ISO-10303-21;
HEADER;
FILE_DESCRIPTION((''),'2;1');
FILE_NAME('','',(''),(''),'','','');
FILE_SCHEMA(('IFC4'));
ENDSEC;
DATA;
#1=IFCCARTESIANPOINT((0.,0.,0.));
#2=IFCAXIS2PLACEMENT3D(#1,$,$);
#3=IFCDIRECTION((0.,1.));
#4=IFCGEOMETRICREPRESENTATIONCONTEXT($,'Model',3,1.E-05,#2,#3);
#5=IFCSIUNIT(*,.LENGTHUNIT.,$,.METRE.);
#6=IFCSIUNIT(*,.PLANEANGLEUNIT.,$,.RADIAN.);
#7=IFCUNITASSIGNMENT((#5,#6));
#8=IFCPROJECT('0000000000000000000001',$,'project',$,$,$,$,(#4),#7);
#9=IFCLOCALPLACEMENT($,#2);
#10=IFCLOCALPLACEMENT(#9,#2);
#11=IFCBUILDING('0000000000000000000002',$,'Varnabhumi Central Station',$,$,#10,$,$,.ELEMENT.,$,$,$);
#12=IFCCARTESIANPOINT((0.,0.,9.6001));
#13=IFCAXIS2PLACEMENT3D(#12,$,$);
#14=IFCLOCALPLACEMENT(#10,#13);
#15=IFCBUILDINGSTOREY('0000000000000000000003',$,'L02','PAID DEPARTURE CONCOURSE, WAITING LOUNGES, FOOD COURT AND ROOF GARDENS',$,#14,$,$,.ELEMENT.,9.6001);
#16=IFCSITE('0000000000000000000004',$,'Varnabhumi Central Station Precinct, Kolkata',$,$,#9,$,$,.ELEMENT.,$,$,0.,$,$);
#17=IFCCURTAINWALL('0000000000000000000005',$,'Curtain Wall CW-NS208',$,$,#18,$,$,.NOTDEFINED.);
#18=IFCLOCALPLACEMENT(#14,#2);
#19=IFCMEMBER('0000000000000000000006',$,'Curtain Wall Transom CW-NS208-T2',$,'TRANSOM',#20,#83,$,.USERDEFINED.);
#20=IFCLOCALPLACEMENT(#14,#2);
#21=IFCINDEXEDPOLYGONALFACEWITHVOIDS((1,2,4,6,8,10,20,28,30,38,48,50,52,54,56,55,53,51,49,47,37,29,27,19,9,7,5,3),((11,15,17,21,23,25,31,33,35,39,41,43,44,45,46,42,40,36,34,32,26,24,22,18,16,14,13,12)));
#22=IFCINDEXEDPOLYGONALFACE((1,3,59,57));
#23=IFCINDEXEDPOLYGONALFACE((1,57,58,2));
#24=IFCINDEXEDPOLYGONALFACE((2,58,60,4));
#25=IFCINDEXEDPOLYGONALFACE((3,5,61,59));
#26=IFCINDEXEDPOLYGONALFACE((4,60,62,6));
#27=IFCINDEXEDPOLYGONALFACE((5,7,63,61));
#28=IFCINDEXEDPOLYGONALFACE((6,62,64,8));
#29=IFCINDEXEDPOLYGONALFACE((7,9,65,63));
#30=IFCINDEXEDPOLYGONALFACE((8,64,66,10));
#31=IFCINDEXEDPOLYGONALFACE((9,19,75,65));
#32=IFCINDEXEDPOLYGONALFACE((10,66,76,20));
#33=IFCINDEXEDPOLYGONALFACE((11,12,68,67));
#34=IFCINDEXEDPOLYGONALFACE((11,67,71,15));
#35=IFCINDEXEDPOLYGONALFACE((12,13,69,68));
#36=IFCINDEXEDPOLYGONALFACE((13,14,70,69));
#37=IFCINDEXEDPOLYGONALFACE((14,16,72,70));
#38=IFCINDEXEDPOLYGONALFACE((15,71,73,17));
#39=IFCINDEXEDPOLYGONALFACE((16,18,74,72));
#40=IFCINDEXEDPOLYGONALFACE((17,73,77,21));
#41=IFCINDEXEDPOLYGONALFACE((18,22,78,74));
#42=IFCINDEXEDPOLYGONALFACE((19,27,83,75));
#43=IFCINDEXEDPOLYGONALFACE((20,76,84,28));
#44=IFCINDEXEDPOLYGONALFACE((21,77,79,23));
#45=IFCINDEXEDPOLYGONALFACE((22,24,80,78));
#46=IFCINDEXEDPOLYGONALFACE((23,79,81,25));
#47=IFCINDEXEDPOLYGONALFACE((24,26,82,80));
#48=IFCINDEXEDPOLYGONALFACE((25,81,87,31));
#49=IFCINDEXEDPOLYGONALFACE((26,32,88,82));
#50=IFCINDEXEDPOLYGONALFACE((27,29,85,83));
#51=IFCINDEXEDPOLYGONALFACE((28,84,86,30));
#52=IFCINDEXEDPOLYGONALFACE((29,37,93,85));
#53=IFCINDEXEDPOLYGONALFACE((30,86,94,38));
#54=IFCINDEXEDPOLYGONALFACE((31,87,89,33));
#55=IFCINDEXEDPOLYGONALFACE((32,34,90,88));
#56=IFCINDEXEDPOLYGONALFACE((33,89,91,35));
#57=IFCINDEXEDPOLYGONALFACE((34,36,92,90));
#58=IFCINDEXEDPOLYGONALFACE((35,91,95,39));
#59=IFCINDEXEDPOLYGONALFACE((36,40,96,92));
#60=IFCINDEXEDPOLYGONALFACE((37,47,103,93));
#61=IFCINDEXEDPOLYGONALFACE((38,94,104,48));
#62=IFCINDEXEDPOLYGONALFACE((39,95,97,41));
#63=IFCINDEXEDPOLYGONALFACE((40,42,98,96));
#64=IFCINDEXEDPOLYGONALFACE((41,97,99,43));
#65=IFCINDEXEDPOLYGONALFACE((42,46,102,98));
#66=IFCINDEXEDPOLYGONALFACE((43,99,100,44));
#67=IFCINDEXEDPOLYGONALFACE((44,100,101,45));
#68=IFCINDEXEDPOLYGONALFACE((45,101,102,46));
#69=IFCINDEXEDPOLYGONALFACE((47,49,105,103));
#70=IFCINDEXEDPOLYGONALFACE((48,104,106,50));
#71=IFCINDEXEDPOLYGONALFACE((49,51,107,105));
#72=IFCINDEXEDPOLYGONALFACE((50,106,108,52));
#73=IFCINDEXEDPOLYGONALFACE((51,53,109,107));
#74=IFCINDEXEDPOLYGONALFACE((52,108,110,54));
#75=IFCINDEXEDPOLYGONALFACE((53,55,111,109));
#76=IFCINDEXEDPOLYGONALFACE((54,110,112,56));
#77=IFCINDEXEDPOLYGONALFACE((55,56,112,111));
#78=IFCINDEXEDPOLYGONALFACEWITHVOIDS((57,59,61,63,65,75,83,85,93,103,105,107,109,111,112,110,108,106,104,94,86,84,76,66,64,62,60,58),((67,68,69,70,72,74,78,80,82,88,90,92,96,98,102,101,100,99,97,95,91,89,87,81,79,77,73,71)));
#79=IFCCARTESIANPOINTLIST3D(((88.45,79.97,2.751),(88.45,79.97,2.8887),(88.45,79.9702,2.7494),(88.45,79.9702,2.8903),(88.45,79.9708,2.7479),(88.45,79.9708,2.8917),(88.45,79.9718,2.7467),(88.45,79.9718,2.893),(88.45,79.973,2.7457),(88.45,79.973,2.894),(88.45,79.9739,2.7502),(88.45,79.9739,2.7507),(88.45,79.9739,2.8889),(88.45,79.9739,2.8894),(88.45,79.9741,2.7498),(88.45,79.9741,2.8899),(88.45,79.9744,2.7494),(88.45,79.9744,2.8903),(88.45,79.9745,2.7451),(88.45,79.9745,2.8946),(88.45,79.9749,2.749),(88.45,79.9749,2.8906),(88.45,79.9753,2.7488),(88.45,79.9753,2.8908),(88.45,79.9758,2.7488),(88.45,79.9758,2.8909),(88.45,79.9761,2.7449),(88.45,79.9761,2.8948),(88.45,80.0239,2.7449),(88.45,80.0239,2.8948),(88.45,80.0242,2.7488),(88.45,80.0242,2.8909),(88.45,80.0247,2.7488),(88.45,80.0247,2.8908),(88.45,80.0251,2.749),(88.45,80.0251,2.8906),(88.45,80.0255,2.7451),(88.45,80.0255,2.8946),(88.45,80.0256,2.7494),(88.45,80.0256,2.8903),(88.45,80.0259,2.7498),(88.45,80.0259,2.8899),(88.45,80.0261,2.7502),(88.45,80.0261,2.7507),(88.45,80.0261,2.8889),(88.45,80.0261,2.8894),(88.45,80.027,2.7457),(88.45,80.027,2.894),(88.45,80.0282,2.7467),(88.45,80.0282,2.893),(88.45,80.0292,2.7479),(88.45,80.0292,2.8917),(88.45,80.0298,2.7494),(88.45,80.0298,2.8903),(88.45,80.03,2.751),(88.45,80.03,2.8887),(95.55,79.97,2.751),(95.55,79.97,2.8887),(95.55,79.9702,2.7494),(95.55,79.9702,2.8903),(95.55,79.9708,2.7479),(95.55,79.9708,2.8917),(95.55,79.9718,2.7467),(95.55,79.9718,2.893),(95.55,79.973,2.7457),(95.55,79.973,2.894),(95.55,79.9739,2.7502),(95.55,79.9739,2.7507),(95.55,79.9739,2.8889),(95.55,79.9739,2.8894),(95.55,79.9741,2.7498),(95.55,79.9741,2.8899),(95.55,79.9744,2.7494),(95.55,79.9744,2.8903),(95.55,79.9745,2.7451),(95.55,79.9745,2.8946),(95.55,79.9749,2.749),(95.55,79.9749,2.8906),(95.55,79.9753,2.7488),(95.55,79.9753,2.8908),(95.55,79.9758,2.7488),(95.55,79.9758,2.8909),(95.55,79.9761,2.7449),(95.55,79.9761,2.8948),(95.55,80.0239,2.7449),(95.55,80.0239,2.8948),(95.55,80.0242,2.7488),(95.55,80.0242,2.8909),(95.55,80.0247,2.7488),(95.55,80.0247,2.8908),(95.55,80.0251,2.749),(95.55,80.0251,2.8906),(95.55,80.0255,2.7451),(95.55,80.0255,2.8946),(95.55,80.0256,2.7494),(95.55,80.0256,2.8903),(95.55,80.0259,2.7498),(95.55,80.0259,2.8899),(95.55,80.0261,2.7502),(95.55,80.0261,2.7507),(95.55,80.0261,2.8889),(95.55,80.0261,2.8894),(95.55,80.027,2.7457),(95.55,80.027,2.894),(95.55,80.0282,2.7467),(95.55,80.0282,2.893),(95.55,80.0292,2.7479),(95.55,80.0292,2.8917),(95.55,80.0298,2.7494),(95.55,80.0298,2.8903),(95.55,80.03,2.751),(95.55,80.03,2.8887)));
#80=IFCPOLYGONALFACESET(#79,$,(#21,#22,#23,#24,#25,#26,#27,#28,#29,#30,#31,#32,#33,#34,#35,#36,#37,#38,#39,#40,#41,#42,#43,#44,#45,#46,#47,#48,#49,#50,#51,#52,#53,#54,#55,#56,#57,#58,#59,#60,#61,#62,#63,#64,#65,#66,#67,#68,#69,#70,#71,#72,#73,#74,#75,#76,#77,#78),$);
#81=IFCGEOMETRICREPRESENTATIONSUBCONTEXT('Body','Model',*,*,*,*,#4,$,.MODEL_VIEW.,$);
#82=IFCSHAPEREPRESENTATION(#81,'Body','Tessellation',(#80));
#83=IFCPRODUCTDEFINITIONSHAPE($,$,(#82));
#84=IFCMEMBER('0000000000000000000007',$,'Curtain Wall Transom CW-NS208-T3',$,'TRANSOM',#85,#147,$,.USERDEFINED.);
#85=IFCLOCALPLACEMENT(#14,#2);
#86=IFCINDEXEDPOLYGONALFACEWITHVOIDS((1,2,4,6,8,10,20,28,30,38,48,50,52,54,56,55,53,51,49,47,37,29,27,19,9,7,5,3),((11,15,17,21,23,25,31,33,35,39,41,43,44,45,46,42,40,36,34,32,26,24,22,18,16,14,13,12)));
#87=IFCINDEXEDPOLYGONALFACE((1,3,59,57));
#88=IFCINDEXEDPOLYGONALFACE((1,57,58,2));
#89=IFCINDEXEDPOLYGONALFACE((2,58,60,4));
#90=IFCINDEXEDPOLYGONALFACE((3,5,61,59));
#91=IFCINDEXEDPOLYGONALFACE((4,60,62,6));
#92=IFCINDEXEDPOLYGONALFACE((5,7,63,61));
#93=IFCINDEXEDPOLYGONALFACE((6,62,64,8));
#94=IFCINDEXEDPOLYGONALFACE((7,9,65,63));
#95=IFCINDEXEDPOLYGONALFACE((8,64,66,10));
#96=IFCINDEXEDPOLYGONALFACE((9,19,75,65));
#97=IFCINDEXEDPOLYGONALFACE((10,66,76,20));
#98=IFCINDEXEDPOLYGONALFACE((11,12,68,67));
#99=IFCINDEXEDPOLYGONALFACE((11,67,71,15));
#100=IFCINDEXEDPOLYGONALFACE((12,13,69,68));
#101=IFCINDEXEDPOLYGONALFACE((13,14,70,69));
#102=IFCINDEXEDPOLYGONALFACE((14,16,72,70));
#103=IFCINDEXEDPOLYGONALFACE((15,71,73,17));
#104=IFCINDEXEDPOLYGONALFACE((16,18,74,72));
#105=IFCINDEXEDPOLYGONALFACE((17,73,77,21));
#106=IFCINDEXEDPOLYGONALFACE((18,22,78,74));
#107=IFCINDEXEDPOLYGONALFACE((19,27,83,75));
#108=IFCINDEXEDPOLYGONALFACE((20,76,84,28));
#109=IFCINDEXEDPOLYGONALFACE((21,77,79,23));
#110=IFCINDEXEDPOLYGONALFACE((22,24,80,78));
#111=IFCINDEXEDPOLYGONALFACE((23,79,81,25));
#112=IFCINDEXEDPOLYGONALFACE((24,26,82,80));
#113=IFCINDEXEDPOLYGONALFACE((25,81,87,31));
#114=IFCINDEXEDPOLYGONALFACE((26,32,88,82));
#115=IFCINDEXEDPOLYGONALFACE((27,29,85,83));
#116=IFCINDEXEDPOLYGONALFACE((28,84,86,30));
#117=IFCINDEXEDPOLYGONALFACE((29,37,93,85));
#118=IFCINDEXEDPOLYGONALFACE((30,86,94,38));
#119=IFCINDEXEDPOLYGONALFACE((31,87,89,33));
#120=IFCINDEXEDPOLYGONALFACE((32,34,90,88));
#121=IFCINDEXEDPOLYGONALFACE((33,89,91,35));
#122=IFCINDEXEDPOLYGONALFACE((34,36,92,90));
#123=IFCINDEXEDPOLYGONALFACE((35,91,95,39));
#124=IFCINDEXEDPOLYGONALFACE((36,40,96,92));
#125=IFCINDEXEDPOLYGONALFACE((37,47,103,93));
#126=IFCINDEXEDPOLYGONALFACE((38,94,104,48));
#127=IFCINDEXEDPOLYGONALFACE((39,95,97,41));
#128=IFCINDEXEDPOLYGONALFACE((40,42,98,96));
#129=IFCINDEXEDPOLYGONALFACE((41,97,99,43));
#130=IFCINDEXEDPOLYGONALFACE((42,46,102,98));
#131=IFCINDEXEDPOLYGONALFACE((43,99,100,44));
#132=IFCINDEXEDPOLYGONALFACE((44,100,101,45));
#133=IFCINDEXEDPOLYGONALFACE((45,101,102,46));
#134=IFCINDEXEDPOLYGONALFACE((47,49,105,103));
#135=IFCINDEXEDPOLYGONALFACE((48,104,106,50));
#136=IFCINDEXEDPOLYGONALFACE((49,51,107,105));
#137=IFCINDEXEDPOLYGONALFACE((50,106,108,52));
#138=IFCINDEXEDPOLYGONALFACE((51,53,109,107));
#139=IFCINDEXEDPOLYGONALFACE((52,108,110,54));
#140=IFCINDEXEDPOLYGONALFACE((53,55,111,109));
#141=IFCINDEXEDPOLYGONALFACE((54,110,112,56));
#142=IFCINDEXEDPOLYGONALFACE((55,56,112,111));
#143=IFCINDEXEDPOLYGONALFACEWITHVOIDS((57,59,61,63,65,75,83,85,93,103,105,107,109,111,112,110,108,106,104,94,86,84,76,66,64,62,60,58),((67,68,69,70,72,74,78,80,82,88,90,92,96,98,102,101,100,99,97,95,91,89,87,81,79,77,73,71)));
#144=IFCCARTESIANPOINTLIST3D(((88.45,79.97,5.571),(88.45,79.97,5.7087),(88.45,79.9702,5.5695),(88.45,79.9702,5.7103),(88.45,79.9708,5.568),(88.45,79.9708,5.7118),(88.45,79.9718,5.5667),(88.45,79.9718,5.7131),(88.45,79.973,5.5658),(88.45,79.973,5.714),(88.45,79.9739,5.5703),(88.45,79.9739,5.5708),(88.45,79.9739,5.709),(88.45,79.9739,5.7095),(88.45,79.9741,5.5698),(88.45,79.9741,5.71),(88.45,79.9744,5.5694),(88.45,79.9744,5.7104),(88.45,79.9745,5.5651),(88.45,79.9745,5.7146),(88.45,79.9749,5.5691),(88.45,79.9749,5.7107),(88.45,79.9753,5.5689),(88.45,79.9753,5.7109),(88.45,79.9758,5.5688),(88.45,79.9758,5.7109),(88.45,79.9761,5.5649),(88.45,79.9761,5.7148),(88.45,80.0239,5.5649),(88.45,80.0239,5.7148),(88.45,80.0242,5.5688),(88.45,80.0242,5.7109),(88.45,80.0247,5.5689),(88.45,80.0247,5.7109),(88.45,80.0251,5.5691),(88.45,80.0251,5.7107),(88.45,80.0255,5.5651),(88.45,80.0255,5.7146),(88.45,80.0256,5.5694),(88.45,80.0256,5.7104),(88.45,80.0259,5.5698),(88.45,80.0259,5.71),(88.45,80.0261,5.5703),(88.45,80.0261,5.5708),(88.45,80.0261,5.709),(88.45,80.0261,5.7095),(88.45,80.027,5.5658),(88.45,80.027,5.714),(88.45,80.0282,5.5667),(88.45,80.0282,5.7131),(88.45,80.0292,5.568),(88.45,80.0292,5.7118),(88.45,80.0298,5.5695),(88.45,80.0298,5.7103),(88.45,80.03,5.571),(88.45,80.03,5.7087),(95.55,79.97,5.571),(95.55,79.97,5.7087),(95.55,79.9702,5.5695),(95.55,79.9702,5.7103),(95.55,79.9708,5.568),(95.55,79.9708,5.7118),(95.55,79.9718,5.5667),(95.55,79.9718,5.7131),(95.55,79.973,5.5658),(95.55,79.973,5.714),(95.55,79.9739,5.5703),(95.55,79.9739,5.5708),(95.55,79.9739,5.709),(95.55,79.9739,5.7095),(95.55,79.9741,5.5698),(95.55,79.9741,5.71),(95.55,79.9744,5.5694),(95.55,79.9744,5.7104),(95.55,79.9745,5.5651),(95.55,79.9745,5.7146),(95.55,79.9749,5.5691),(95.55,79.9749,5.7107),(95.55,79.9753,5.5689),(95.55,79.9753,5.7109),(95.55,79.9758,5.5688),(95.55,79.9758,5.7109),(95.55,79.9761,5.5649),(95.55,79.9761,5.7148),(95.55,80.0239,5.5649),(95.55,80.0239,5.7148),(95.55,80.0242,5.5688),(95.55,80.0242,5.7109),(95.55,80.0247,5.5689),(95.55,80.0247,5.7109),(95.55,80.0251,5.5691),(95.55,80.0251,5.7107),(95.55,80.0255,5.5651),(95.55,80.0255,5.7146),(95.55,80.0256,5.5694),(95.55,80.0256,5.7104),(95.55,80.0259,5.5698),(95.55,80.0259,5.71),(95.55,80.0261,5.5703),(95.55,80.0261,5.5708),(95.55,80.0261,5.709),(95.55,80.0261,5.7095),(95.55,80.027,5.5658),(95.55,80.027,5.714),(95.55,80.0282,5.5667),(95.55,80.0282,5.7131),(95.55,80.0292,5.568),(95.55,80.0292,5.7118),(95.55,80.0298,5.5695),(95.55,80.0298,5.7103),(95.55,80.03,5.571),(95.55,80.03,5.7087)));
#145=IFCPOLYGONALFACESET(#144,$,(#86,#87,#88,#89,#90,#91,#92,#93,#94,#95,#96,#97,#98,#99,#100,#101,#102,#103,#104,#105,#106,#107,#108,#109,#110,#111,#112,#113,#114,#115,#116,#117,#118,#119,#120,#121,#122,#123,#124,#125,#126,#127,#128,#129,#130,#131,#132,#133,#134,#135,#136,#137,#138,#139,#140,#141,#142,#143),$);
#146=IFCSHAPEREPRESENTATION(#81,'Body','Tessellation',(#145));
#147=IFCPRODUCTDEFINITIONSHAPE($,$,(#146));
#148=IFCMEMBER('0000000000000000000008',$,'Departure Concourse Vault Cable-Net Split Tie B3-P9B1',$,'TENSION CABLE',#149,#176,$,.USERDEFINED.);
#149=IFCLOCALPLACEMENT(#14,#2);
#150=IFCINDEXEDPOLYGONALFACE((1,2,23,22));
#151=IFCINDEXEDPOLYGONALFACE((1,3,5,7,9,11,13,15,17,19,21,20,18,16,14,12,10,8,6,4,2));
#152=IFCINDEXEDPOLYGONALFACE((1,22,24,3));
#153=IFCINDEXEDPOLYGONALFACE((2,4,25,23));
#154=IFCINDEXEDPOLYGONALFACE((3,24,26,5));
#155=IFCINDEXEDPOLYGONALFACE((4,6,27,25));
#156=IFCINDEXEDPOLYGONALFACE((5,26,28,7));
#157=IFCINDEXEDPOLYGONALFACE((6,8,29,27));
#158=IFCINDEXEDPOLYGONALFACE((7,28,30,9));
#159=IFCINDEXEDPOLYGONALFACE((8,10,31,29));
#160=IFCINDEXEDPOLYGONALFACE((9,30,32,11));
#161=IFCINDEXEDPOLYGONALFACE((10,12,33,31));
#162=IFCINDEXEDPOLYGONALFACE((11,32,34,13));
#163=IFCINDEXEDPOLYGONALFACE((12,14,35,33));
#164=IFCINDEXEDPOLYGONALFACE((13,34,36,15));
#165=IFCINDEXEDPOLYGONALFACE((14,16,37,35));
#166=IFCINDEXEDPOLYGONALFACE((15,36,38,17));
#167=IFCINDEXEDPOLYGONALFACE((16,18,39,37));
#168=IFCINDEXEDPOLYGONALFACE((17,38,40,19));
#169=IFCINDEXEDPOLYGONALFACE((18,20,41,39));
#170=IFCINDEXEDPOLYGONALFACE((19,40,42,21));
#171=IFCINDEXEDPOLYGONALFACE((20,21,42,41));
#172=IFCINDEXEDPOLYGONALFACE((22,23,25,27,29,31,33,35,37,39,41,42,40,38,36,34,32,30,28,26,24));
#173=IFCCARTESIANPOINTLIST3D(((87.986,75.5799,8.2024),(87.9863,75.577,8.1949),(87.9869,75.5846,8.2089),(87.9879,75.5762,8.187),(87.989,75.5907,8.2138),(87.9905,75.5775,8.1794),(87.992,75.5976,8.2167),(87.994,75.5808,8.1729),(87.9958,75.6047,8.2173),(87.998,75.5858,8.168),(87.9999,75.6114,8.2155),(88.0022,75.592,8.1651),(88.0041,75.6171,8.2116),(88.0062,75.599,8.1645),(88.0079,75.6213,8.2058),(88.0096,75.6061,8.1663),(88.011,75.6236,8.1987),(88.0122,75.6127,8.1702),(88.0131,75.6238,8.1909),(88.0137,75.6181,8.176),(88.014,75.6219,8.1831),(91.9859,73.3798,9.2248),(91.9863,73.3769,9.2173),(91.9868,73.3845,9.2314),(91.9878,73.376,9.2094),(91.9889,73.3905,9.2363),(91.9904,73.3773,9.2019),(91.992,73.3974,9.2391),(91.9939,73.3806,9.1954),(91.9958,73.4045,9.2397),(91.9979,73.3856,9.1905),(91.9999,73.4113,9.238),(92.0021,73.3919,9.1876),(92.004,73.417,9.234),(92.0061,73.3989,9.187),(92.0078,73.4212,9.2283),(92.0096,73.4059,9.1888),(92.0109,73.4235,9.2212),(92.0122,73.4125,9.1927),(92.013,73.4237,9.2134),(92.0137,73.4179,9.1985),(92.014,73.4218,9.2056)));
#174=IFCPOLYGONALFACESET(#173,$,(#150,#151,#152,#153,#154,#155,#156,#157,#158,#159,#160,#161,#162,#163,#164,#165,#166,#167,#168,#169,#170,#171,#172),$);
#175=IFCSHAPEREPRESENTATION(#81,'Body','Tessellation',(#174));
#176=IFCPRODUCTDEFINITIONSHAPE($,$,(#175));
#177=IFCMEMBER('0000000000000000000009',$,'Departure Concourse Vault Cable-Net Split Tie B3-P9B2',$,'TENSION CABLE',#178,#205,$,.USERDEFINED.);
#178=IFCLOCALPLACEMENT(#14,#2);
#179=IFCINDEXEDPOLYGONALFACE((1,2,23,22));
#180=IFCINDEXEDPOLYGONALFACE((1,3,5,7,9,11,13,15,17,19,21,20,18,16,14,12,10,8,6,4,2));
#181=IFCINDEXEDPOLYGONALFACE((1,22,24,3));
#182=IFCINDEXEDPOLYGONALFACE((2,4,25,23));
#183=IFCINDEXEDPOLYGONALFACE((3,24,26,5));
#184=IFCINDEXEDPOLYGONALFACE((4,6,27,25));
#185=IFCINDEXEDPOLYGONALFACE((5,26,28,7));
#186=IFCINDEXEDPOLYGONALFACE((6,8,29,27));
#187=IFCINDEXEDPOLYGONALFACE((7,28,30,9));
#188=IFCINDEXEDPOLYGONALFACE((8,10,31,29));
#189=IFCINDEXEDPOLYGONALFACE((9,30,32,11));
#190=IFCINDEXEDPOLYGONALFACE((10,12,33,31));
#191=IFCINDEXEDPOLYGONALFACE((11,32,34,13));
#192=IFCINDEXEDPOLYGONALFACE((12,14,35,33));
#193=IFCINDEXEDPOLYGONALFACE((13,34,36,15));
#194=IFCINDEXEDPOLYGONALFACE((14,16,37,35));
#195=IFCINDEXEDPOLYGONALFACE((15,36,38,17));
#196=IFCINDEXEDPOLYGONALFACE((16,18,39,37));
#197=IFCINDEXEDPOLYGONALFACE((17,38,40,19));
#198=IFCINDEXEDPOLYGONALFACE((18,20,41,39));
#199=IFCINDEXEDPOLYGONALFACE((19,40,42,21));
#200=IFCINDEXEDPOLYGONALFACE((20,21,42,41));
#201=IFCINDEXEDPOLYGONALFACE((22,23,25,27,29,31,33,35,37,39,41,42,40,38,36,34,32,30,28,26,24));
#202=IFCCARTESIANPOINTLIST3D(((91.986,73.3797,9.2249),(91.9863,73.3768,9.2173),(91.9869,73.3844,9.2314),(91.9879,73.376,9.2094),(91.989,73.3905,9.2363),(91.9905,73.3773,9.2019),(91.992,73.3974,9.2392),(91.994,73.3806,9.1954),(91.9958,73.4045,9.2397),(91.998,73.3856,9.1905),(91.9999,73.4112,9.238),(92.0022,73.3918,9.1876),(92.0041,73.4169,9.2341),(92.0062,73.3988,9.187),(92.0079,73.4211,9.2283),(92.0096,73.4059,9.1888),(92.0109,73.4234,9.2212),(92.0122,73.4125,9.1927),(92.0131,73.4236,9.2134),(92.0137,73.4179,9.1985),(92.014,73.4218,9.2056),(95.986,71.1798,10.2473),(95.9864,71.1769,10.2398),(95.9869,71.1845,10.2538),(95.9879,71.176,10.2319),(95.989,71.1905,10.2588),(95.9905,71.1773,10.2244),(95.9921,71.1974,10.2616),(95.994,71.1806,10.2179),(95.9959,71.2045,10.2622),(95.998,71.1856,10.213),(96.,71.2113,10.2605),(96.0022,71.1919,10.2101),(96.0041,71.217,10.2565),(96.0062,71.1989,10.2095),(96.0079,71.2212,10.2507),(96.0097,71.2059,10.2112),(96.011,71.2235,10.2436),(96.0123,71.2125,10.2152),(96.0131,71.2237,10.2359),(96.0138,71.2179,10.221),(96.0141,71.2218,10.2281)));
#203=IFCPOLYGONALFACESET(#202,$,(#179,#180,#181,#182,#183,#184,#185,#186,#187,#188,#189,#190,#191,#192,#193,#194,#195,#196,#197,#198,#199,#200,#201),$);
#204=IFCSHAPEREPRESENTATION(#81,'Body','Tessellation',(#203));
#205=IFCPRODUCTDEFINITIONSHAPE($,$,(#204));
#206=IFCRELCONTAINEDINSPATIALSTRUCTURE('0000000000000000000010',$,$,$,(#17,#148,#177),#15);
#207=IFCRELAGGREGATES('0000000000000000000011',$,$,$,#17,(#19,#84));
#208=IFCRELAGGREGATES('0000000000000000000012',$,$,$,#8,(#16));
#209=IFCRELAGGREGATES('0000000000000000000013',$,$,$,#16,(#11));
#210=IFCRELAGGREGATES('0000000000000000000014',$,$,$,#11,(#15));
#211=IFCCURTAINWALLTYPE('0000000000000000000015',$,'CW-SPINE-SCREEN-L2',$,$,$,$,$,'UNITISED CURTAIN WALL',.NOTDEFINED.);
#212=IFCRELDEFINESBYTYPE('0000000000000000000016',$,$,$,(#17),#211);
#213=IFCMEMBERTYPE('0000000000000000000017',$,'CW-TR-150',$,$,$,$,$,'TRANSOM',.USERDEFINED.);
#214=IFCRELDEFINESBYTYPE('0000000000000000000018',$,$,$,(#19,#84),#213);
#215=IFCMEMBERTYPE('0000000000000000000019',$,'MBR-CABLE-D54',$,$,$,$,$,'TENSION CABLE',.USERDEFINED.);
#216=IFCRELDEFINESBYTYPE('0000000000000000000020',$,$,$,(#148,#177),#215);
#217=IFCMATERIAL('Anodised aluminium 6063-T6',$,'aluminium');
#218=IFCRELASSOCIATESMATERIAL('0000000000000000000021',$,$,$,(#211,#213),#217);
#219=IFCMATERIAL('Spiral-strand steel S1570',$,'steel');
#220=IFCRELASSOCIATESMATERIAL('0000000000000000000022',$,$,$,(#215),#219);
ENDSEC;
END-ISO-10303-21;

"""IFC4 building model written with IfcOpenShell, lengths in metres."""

from ifc_helpers import new_model, si_unit, direction, frame, origin, origin_2d, place, context, subcontext, project, spatial, hollow_rectangle, circle, extrude, material, material_profile, profile_set, type_object, element, aggregate, save


model = new_model("IFC4")

# Units and contexts
model_context = context("Model", 3, precision=1e-05, world=origin(), true_north=direction((0.0, 1.0)))
body_context = subcontext(model_context, "Body", "Model", "MODEL_VIEW")
ifc_project = project(units=[si_unit("LENGTHUNIT", "METRE"), si_unit("PLANEANGLEUNIT", "RADIAN")], contexts=[model_context])

# Site, building, storey
site_placement = place(None, origin())
site = spatial("IfcSite", under=ifc_project, at=site_placement, Name="Varnabhumi Central Station Precinct, Kolkata", CompositionType="ELEMENT", RefElevation=0.0)
building_placement = place(site_placement, origin())
building = spatial("IfcBuilding", under=site, at=building_placement, Name="Varnabhumi Central Station", CompositionType="ELEMENT")
storey_placement = place(building_placement, frame((0.0, 0.0, 9.6001)))
storey = spatial("IfcBuildingStorey", under=building, at=storey_placement, Name="L02", Description="PAID DEPARTURE CONCOURSE, WAITING LOUNGES, FOOD COURT AND ROOF GARDENS", CompositionType="ELEMENT", Elevation=9.6001)

# Curtain wall, members
ifc_material_1 = material(Name="Anodised aluminium 6063-T6", Category="aluminium")
curtain_wall_type = type_object("IfcCurtainWallType", Name="CW-SPINE-SCREEN-L2", ElementType="UNITISED CURTAIN WALL", PredefinedType="NOTDEFINED", material=ifc_material_1)
curtain_wall_placement = place(storey_placement, origin())
curtain_wall = element("IfcCurtainWall", 1, at=curtain_wall_placement, inside=storey, type_object=curtain_wall_type, Name="Curtain Wall CW-NS208", PredefinedType="NOTDEFINED")
ifc_material_profile_1 = material_profile(ifc_material_1, hollow_rectangle(XDim=0.0601, YDim=0.1499, WallThickness=0.0039, InnerFilletRadius=0.002, OuterFilletRadius=0.0061, at=origin_2d()), Name="Anodised aluminium 6063-T6", Category="aluminium")
ifc_profile_set_1 = profile_set([ifc_material_profile_1], Name="Anodised aluminium 6063-T6")
member_type_1 = type_object("IfcMemberType", Name="CW-TR-150", ElementType="TRANSOM", PredefinedType="USERDEFINED", material=ifc_profile_set_1)
member_1_placement = place(storey_placement, frame((88.45, 80.0, 2.8198), z_axis=(1.0, 0.0, 0.0), x_axis=(0.0, 1.0, 0.0)))
member_1 = element("IfcMember", 2, at=member_1_placement, type_object=member_type_1, Name="Curtain Wall Transom CW-NS208-T2", ObjectType="TRANSOM", PredefinedType="USERDEFINED", context=body_context, shape_type="SweptSolid", body=[
    extrude(hollow_rectangle(XDim=0.0601, YDim=0.1499, WallThickness=0.0039, InnerFilletRadius=0.002, OuterFilletRadius=0.0061, at=origin_2d()), origin(), (0.0, 0.0, 1.0), 7.1001),
])
member_2_placement = place(storey_placement, frame((88.45, 80.0, 5.6399), z_axis=(1.0, 0.0, 0.0), x_axis=(0.0, 1.0, 0.0)))
member_2 = element("IfcMember", 3, at=member_2_placement, type_object=member_type_1, Name="Curtain Wall Transom CW-NS208-T3", ObjectType="TRANSOM", PredefinedType="USERDEFINED", context=body_context, shape_type="SweptSolid", body=[
    extrude(hollow_rectangle(XDim=0.0601, YDim=0.1499, WallThickness=0.0039, InnerFilletRadius=0.002, OuterFilletRadius=0.0061, at=origin_2d()), origin(), (0.0, 0.0, 1.0), 7.1001),
])

# Members
ifc_material_2 = material(Name="Spiral-strand steel S1570", Category="steel")
ifc_material_profile_2 = material_profile(ifc_material_2, circle(Radius=0.0271, at=origin_2d()), Name="Spiral-strand steel S1570", Category="steel")
ifc_profile_set_2 = profile_set([ifc_material_profile_2], Name="Spiral-strand steel S1570")
member_type_2 = type_object("IfcMemberType", Name="MBR-CABLE-D54", ElementType="TENSION CABLE", PredefinedType="USERDEFINED", material=ifc_profile_set_2)
for number, where, z_axis, x_axis, name in (
    (4, (88.0, 75.6001, 8.1909), (0.855015, -0.4703, 0.218555), (0.481952, 0.876198, 0.0), "Departure Concourse Vault Cable-Net Split Tie B3-P9B1"),
    (5, (92.0, 73.3999, 9.2134), (0.855036, -0.47026, 0.21856), (0.481911, 0.87622, 0.0), "Departure Concourse Vault Cable-Net Split Tie B3-P9B2"),
):
    element("IfcMember", number, at=place(storey_placement, frame(where, z_axis=z_axis, x_axis=x_axis)), inside=storey, type_object=member_type_2, Name=name, ObjectType="TENSION CABLE", PredefinedType="USERDEFINED", context=body_context, shape_type="SweptSolid", body=[
        extrude(circle(Radius=0.0271, at=origin_2d()), origin(), (0.0, 0.0, 1.0), 4.6782),
    ])

aggregate(curtain_wall, [member_1, member_2])

save(model, "model.ifc")
